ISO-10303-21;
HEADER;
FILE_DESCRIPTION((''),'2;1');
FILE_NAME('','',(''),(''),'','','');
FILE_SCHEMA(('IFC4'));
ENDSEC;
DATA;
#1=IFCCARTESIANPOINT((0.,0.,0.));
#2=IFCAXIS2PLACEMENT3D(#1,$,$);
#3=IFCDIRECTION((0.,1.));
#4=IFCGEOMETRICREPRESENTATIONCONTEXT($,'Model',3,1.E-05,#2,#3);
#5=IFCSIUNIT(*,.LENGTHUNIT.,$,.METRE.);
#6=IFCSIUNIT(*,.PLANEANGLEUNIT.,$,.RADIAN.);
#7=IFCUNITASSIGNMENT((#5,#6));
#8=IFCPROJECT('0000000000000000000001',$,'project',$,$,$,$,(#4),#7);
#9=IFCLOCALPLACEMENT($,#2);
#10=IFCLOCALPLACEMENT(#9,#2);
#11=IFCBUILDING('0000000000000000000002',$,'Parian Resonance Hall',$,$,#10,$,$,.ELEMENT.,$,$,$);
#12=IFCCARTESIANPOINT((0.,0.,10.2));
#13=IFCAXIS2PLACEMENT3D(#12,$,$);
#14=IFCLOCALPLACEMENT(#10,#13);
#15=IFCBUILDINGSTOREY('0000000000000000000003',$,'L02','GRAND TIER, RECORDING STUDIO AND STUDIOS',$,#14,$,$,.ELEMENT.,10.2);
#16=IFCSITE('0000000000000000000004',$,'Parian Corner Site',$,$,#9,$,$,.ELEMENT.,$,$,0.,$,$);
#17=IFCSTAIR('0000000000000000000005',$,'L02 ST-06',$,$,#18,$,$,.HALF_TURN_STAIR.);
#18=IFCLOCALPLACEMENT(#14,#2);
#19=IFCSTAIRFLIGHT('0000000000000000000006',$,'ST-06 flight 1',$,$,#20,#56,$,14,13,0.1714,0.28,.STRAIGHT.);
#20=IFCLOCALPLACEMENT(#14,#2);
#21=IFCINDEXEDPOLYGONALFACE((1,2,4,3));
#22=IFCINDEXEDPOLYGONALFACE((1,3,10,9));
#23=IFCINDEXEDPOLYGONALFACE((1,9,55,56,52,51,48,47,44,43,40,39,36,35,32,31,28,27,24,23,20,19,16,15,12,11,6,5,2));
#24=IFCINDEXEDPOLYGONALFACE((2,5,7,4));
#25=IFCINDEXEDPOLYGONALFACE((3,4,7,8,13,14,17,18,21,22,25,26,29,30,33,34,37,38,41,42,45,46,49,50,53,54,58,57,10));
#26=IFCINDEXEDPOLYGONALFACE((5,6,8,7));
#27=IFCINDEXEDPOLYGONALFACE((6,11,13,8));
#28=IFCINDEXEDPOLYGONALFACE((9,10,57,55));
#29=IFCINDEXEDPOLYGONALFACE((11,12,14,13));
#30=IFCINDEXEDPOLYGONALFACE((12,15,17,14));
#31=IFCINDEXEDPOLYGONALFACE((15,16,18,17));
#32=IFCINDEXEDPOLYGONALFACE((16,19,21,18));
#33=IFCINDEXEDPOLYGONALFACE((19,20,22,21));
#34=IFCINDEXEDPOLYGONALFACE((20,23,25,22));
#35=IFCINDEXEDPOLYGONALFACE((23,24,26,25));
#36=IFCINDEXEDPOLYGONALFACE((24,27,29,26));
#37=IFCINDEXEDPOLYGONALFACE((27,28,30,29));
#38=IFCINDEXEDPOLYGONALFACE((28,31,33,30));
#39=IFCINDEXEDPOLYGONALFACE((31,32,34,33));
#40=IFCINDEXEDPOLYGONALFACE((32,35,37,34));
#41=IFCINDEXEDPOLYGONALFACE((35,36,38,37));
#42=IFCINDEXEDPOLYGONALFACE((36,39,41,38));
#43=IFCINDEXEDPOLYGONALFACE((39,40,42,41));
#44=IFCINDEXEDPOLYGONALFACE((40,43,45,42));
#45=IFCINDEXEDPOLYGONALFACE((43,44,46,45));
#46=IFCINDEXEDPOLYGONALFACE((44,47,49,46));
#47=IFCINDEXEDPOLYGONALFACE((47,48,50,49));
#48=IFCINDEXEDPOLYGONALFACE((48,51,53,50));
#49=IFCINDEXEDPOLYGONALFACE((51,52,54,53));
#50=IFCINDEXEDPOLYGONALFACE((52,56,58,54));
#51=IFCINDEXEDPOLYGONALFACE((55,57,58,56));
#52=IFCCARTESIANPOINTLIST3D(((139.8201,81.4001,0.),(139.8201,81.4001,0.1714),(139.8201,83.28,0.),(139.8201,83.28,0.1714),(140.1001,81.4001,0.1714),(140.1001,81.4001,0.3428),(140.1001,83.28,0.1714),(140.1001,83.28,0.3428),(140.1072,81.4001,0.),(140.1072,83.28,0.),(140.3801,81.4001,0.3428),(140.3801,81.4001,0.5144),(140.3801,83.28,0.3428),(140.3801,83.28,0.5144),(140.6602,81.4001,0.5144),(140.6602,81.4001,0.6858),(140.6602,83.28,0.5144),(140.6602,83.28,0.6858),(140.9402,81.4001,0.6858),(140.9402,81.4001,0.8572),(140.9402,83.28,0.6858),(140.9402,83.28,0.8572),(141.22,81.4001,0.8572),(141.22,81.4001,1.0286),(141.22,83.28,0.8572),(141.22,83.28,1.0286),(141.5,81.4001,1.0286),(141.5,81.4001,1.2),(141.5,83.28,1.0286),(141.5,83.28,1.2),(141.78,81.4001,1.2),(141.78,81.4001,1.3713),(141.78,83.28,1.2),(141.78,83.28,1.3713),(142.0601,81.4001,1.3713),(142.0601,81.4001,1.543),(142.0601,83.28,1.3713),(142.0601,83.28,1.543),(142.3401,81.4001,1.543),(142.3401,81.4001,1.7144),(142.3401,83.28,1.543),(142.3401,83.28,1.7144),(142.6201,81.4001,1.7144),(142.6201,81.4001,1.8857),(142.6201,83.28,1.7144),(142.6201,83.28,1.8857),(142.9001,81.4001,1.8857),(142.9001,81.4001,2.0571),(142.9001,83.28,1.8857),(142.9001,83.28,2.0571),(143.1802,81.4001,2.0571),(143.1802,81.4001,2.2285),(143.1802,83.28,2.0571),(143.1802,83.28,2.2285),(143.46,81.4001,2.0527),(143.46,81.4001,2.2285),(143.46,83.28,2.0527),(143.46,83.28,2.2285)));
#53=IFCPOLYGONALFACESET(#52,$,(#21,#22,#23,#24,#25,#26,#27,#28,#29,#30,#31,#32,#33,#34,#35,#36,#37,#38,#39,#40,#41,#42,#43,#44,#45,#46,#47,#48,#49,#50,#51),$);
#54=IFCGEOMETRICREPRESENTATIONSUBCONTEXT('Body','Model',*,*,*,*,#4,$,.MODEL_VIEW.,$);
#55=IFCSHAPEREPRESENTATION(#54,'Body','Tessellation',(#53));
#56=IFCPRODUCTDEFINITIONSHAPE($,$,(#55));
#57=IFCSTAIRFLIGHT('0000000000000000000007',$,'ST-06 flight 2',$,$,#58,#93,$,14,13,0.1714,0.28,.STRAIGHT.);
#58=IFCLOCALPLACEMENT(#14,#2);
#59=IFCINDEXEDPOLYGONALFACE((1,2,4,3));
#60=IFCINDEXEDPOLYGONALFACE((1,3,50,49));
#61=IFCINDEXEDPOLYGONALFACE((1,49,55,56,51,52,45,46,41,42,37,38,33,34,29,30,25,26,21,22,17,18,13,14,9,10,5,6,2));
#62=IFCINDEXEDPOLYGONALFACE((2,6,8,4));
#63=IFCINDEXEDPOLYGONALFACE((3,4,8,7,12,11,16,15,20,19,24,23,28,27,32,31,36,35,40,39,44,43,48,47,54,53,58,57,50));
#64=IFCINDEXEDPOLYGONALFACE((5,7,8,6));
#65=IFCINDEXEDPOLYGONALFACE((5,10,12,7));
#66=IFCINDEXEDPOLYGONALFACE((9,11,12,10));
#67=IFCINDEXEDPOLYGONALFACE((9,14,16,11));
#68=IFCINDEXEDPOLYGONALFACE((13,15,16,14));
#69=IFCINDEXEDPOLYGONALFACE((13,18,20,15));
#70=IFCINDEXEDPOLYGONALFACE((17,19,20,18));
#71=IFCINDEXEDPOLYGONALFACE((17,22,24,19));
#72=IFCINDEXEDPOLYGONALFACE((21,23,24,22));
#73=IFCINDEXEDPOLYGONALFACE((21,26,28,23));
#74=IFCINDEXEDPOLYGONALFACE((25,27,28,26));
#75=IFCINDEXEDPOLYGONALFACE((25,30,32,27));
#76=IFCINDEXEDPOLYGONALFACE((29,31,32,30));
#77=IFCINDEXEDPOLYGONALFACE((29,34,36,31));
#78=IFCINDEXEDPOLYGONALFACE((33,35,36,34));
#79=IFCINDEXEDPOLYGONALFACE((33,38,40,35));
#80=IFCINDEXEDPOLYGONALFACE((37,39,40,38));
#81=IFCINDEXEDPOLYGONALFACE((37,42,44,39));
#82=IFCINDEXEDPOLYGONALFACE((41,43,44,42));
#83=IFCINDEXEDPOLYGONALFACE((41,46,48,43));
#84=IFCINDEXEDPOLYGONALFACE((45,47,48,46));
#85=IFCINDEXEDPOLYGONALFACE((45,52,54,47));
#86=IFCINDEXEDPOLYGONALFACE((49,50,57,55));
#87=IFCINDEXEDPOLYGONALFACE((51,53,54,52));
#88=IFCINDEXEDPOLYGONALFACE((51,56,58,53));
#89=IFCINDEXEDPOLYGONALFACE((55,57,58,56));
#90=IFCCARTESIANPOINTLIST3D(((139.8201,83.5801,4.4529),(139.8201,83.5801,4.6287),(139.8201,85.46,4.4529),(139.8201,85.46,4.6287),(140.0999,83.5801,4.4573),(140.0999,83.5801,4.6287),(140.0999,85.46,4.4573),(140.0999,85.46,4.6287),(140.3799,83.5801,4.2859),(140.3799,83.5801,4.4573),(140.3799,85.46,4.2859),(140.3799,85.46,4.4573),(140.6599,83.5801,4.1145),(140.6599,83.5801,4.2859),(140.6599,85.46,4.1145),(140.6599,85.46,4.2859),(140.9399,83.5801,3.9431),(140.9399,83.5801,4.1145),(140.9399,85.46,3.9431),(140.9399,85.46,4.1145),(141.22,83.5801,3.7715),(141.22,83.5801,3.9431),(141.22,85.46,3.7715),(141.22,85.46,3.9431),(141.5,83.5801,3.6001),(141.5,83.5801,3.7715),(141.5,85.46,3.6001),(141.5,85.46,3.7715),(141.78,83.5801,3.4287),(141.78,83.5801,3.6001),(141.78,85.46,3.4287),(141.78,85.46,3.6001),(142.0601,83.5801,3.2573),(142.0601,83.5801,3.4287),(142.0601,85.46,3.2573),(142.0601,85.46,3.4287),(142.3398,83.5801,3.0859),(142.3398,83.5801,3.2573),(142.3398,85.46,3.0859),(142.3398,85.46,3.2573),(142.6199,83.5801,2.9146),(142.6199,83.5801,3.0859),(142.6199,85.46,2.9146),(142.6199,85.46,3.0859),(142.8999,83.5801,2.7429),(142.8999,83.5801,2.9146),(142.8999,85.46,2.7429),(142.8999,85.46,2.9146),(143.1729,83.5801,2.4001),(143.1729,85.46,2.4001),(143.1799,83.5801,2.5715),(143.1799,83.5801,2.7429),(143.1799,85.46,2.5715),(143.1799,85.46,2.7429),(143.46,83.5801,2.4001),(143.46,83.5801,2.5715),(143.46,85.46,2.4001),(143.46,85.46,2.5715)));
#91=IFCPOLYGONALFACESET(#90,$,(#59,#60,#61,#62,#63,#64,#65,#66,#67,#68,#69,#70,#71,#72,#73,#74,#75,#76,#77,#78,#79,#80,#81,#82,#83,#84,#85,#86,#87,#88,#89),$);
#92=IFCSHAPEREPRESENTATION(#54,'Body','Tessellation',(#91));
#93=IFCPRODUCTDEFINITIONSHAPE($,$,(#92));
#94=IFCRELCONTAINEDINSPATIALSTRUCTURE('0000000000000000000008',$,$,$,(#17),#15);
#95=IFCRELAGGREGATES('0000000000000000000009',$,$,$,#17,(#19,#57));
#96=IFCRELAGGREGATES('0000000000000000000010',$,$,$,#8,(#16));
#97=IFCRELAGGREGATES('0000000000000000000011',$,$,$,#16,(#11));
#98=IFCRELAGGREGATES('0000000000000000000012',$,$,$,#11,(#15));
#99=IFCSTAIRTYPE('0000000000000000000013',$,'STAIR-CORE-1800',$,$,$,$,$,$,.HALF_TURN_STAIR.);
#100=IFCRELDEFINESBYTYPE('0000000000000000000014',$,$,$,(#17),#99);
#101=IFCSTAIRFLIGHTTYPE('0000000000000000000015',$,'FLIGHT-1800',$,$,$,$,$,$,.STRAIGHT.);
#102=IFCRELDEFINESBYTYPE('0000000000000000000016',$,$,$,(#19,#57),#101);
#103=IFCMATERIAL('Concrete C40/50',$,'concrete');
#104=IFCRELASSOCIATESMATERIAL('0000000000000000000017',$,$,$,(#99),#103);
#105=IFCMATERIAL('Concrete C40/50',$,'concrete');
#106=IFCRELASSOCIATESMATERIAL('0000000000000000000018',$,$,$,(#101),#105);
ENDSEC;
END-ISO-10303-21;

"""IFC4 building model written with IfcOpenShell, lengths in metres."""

from ifc_helpers import new_model, si_unit, direction, frame, origin, place, context, subcontext, project, spatial, polyline, outline, extrude, material, type_object, element, aggregate, save


model = new_model("IFC4")

# Units and contexts
model_context = context("Model", 3, precision=1e-05, world=origin(), true_north=direction((0.0, 1.0)))
body_context = subcontext(model_context, "Body", "Model", "MODEL_VIEW")
ifc_project = project(units=[si_unit("LENGTHUNIT", "METRE"), si_unit("PLANEANGLEUNIT", "RADIAN")], contexts=[model_context])

# Site, building, storey
site_placement = place(None, origin())
site = spatial("IfcSite", under=ifc_project, at=site_placement, Name="Parian Corner Site", CompositionType="ELEMENT", RefElevation=0.0)
building_placement = place(site_placement, origin())
building = spatial("IfcBuilding", under=site, at=building_placement, Name="Parian Resonance Hall", CompositionType="ELEMENT")
storey_placement = place(building_placement, frame((0.0, 0.0, 10.2)))
storey = spatial("IfcBuildingStorey", under=building, at=storey_placement, Name="L02", Description="GRAND TIER, RECORDING STUDIO AND STUDIOS", CompositionType="ELEMENT", Elevation=10.2)

# Stair, stair flights
ifc_material_1 = material(Name="Concrete C40/50", Category="concrete")
stair_type = type_object("IfcStairType", Name="STAIR-CORE-1800", PredefinedType="HALF_TURN_STAIR", material=ifc_material_1)
stair_placement = place(storey_placement, origin())
stair = element("IfcStair", 1, at=stair_placement, inside=storey, type_object=stair_type, Name="L02 ST-06", PredefinedType="HALF_TURN_STAIR")
ifc_material_2 = material(Name="Concrete C40/50", Category="concrete")
stair_flight_type = type_object("IfcStairFlightType", Name="FLIGHT-1800", PredefinedType="STRAIGHT", material=ifc_material_2)
stair_flight_1_placement = place(storey_placement, frame((139.8201, 82.3401, 0.0), z_axis=(0.0, 0.0, 1.0), x_axis=(1.0, 0.0, 0.0)))
stair_flight_1 = element("IfcStairFlight", 2, at=stair_flight_1_placement, type_object=stair_flight_type, Name="ST-06 flight 1", NumberOfRisers=14, NumberOfTreads=13, PredefinedType="STRAIGHT", RiserHeight=0.1714, TreadLength=0.28, context=body_context, shape_type="SweptSolid", body=[
    extrude(outline(polyline([(0.0, 0.0), (0.0, 0.1714), (0.28, 0.1714), (0.28, 0.3428), (0.5601, 0.3428), (0.5601, 0.5144), (0.8401, 0.5144), (0.8401, 0.6858), (1.1201, 0.6858), (1.1201, 0.8572), (1.3999, 0.8572), (1.3999, 1.0286), (1.6799, 1.0286), (1.6799, 1.2), (1.96, 1.2), (1.96, 1.3713), (2.24, 1.3713), (2.24, 1.543), (2.52, 1.543), (2.52, 1.7144), (2.8, 1.7144), (2.8, 1.8857), (3.0801, 1.8857), (3.0801, 2.0571), (3.3601, 2.0571), (3.3601, 2.2285), (3.6399, 2.2285), (3.6399, 2.3999), (3.6399, 2.0527), (0.2871, 0.0), (0.0, 0.0)])), frame((0.0, 0.9399, 0.0), z_axis=(0.0, -1.0, 0.0), x_axis=(1.0, 0.0, 0.0)), (0.0, 0.0, 1.0), 1.8799),
])
stair_flight_2_placement = place(storey_placement, frame((143.46, 84.52, 2.4001), z_axis=(0.0, 0.0, 1.0), x_axis=(-1.0, 0.0, 0.0)))
stair_flight_2 = element("IfcStairFlight", 3, at=stair_flight_2_placement, type_object=stair_flight_type, Name="ST-06 flight 2", NumberOfRisers=14, NumberOfTreads=13, PredefinedType="STRAIGHT", RiserHeight=0.1714, TreadLength=0.28, context=body_context, shape_type="SweptSolid", body=[
    extrude(outline(polyline([(0.0, 0.0), (0.0, 0.1714), (0.28, 0.1714), (0.28, 0.3428), (0.5601, 0.3428), (0.5601, 0.5144), (0.8401, 0.5144), (0.8401, 0.6858), (1.1201, 0.6858), (1.1201, 0.8572), (1.3999, 0.8572), (1.3999, 1.0286), (1.6799, 1.0286), (1.6799, 1.2), (1.96, 1.2), (1.96, 1.3713), (2.24, 1.3713), (2.24, 1.543), (2.52, 1.543), (2.52, 1.7144), (2.8, 1.7144), (2.8, 1.8857), (3.0801, 1.8857), (3.0801, 2.0571), (3.3601, 2.0571), (3.3601, 2.2285), (3.6399, 2.2285), (3.6399, 2.3999), (3.6399, 2.0527), (0.2871, 0.0), (0.0, 0.0)])), frame((0.0, 0.9399, 0.0), z_axis=(0.0, -1.0, 0.0), x_axis=(1.0, 0.0, 0.0)), (0.0, 0.0, 1.0), 1.8799),
])
aggregate(stair, [stair_flight_1, stair_flight_2])

save(model, "model.ifc")
